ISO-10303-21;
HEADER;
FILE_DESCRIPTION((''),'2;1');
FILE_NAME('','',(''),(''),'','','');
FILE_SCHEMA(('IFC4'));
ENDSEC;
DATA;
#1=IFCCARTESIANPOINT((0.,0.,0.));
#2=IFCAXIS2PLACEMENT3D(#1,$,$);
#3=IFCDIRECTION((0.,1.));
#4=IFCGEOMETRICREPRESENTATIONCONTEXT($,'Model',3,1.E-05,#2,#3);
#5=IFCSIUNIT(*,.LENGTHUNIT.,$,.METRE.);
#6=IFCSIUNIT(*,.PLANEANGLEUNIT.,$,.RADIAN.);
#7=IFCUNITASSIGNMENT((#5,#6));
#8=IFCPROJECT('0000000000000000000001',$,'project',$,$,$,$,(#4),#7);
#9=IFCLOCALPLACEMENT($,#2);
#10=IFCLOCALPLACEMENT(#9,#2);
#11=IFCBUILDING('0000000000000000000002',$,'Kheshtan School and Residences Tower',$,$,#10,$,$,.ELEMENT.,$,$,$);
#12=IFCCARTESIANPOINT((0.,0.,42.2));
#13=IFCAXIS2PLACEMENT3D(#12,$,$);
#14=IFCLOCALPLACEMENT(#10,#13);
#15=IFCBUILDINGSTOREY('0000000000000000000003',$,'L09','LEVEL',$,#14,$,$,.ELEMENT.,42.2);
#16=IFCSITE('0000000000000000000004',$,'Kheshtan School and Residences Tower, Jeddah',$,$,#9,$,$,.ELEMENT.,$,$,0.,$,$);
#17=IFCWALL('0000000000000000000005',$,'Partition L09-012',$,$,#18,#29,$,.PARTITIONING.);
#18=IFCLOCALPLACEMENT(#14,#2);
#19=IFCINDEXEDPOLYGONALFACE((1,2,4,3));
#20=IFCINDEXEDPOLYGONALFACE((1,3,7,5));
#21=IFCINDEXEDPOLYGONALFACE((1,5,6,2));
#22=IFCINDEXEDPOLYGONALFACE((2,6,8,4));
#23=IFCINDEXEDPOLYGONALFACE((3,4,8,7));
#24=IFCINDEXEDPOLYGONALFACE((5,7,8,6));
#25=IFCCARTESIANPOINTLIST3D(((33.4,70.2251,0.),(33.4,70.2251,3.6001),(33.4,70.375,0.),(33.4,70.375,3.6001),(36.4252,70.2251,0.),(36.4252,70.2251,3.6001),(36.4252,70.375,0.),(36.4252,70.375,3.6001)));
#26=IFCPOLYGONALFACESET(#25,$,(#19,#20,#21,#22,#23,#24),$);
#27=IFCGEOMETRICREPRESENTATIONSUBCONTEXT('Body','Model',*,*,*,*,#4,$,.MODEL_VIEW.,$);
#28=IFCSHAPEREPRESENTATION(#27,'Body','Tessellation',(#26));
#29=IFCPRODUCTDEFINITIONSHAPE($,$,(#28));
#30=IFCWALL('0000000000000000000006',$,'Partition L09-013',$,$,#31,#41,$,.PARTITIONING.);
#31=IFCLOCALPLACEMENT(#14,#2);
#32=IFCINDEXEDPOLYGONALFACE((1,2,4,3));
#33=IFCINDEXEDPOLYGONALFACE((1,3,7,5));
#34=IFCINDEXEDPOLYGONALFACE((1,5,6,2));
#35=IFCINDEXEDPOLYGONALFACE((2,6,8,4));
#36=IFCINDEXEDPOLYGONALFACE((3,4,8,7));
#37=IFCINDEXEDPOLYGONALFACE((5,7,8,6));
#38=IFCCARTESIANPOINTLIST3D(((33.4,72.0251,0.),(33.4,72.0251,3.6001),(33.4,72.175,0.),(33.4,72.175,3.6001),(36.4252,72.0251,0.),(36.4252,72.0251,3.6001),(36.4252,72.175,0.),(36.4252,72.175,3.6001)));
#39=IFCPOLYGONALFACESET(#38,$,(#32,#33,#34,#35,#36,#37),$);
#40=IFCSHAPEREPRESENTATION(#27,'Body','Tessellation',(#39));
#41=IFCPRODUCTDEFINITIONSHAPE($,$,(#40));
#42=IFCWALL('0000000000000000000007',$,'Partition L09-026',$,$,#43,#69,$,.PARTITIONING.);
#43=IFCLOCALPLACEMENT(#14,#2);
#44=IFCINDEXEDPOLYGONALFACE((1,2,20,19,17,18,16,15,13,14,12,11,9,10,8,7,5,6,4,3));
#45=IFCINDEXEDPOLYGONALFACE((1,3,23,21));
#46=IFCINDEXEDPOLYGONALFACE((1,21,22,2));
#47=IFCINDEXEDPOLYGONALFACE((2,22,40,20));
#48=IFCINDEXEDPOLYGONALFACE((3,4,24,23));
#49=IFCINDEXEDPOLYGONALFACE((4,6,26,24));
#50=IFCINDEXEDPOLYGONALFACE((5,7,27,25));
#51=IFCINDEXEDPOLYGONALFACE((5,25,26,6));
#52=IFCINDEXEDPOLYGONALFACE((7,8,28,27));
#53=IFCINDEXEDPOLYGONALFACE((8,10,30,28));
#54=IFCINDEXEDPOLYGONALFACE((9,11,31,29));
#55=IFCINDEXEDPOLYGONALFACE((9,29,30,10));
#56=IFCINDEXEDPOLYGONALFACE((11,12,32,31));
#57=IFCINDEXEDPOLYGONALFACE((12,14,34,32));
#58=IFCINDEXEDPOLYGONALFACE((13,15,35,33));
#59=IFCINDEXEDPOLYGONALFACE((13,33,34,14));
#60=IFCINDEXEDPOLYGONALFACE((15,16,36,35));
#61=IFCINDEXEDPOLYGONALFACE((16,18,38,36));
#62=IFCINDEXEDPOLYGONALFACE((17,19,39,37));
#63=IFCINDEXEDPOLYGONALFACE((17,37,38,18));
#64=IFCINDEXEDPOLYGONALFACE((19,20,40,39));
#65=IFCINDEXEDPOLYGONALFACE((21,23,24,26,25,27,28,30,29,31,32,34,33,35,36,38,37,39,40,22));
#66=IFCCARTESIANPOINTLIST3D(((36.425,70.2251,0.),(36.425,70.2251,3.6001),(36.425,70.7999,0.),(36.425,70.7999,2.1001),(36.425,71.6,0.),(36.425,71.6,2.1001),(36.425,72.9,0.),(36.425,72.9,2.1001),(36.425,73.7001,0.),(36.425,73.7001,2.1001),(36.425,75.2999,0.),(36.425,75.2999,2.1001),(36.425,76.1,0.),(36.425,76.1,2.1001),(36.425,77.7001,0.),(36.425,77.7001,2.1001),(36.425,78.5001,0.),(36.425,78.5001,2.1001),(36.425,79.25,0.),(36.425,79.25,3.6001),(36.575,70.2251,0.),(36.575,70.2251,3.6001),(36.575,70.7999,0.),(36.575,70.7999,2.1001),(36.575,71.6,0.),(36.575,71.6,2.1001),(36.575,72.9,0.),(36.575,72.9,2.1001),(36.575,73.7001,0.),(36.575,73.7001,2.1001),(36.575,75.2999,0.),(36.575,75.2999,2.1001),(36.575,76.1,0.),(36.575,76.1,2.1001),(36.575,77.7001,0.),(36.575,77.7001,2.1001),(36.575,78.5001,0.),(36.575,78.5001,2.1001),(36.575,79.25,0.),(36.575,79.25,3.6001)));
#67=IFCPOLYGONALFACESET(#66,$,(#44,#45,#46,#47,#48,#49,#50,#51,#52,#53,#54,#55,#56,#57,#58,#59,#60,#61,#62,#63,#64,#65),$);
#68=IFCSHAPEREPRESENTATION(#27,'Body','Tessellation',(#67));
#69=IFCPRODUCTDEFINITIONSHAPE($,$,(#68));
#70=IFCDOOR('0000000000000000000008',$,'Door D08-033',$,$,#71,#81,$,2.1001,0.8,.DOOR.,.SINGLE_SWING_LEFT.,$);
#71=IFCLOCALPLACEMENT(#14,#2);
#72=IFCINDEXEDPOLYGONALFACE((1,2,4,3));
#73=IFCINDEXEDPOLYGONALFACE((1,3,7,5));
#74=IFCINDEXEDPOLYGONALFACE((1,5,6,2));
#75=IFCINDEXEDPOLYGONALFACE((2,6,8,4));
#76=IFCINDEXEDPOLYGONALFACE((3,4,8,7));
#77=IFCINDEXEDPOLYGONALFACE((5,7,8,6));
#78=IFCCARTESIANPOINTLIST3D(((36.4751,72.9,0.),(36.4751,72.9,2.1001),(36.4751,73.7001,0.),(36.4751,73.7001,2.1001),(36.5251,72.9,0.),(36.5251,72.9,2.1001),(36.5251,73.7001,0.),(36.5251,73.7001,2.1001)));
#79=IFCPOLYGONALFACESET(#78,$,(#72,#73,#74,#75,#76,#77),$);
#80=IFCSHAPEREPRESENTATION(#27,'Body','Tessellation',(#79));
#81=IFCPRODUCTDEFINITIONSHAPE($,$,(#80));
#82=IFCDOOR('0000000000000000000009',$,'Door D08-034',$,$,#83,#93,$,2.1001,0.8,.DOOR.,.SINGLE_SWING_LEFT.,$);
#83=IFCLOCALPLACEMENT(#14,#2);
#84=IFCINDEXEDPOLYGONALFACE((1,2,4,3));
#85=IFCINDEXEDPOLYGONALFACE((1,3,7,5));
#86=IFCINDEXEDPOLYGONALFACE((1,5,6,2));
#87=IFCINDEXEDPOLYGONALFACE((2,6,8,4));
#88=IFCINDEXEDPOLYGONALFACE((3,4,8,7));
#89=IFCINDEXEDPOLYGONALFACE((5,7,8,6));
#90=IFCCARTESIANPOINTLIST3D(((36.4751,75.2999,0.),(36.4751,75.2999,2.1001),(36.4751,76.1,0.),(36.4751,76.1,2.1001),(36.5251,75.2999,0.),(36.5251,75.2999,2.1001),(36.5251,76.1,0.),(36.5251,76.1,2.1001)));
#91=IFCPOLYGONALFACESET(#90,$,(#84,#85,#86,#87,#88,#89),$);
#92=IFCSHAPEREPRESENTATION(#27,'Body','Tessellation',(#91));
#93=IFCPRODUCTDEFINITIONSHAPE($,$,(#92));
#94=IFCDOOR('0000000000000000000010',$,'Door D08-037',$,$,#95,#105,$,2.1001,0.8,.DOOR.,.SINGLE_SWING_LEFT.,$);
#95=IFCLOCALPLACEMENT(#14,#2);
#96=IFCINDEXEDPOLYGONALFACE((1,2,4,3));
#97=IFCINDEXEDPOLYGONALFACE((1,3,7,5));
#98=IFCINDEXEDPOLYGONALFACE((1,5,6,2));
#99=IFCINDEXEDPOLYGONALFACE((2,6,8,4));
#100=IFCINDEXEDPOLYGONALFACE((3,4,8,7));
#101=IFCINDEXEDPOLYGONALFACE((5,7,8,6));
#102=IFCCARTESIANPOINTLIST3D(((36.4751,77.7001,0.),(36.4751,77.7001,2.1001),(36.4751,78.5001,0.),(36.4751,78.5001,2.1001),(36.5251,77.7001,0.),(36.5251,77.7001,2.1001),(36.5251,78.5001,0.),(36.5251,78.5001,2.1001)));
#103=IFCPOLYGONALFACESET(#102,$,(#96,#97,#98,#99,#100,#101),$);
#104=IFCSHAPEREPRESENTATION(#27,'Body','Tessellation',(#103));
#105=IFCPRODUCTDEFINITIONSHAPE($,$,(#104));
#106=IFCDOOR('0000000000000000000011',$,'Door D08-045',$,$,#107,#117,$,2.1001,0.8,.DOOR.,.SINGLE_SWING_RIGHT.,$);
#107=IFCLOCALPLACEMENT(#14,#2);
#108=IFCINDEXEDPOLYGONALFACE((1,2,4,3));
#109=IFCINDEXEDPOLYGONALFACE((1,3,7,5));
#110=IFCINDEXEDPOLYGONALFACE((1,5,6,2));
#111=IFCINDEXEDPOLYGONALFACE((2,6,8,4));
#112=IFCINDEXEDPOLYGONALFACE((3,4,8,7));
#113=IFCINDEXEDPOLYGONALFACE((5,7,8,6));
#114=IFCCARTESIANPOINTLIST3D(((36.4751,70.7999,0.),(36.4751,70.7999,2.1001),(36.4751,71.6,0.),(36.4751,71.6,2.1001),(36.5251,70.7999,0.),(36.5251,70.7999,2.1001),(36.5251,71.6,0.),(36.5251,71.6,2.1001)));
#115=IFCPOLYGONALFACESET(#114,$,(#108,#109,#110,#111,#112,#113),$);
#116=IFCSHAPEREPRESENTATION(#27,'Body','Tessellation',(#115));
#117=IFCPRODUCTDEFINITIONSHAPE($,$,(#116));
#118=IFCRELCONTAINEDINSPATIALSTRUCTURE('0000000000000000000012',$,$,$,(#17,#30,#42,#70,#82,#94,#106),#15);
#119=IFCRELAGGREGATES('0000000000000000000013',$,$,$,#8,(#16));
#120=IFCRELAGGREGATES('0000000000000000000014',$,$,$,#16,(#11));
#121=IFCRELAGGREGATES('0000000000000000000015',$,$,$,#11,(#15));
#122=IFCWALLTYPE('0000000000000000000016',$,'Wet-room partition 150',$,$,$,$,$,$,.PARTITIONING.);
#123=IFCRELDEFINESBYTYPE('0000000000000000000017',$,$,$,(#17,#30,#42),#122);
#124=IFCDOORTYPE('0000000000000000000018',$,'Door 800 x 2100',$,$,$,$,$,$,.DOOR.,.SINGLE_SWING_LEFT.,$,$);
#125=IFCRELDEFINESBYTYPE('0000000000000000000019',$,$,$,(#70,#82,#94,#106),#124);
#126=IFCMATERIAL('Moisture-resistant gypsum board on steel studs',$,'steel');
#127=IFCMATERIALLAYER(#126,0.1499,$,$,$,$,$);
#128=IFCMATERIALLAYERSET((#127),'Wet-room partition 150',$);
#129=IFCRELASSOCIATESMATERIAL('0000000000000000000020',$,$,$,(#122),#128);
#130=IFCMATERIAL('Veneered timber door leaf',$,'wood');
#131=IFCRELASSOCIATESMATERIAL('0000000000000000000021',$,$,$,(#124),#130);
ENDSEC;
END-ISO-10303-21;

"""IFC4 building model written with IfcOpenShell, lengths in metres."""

from ifc_helpers import new_model, si_unit, direction, frame, frame_2d, origin, place, context, subcontext, project, spatial, rectangle, extrude, source, transform, mapped, material, layer, layer_set, type_object, element, fill, save


model = new_model("IFC4")

# Units and contexts
model_context = context("Model", 3, precision=1e-05, world=origin(), true_north=direction((0.0, 1.0)))
body_context = subcontext(model_context, "Body", "Model", "MODEL_VIEW")
ifc_project = project(units=[si_unit("LENGTHUNIT", "METRE"), si_unit("PLANEANGLEUNIT", "RADIAN")], contexts=[model_context])

# Site, building, storey
site_placement = place(None, origin())
site = spatial("IfcSite", under=ifc_project, at=site_placement, Name="Kheshtan School and Residences Tower, Jeddah", CompositionType="ELEMENT", RefElevation=0.0)
building_placement = place(site_placement, origin())
building = spatial("IfcBuilding", under=site, at=building_placement, Name="Kheshtan School and Residences Tower", CompositionType="ELEMENT")
storey_placement = place(building_placement, frame((0.0, 0.0, 42.2)))
storey = spatial("IfcBuildingStorey", under=building, at=storey_placement, Name="L09", Description="LEVEL", CompositionType="ELEMENT", Elevation=42.2)

# Walls
ifc_material_1 = material(Name="Moisture-resistant gypsum board on steel studs", Category="steel")
ifc_layer_1 = layer(ifc_material_1, 0.1499)
ifc_layer_set_1 = layer_set([ifc_layer_1], Name="Wet-room partition 150")
wall_type_1 = type_object("IfcWallType", Name="Wet-room partition 150", PredefinedType="PARTITIONING", material=ifc_layer_set_1)
for number, where, z_axis, x_axis, name in (
    (1, (33.3999, 70.3, 0.0), (0.0, 0.0, 1.0), (1.0, 0.0, 0.0), "Partition L09-012"),
    (2, (33.3999, 72.1001, 0.0), (0.0, 0.0, 1.0), (1.0, 0.0, 0.0), "Partition L09-013"),
):
    element("IfcWall", number, at=place(storey_placement, frame(where, z_axis=z_axis, x_axis=x_axis)), inside=storey, type_object=wall_type_1, Name=name, PredefinedType="PARTITIONING", context=body_context, shape_type="SweptSolid", body=[
        extrude(rectangle(XDim=3.0251, YDim=0.1499, at=frame_2d((1.5127, 0.0))), origin(), (0.0, 0.0, 1.0), 3.6001),
    ])

# Wall, openings, doors
wall_1_placement = place(storey_placement, frame((36.5, 70.2251, 0.0), z_axis=(0.0, 0.0, 1.0), x_axis=(0.0, 1.0, 0.0)))
wall_1 = element("IfcWall", 3, at=wall_1_placement, inside=storey, type_object=wall_type_1, Name="Partition L09-026", PredefinedType="PARTITIONING", context=body_context, shape_type="SweptSolid", body=[
    extrude(rectangle(XDim=9.0249, YDim=0.1499, at=frame_2d((4.5125, 0.0))), origin(), (0.0, 0.0, 1.0), 3.6001),
])
opening_1_placement = place(wall_1_placement, frame((2.675, 0.0, 0.0)))
opening_1 = element("IfcOpeningElement", 4, at=opening_1_placement, cuts=wall_1, PredefinedType="OPENING", context=body_context, shape_type="SweptSolid", body=[
    extrude(rectangle(XDim=0.8, YDim=2.1001, at=frame_2d((0.3999, 1.05))), frame((0.0, 0.085, 0.0), z_axis=(0.0, -1.0, 0.0), x_axis=(1.0, 0.0, 0.0)), (0.0, 0.0, 1.0), 0.1699),
])
opening_2_placement = place(wall_1_placement, frame((5.075, 0.0, 0.0)))
opening_2 = element("IfcOpeningElement", 5, at=opening_2_placement, cuts=wall_1, PredefinedType="OPENING", context=body_context, shape_type="SweptSolid", body=[
    extrude(rectangle(XDim=0.8, YDim=2.1001, at=frame_2d((0.3999, 1.05))), frame((0.0, 0.085, 0.0), z_axis=(0.0, -1.0, 0.0), x_axis=(1.0, 0.0, 0.0)), (0.0, 0.0, 1.0), 0.1699),
])
opening_3_placement = place(wall_1_placement, frame((7.4751, 0.0, 0.0)))
opening_3 = element("IfcOpeningElement", 6, at=opening_3_placement, cuts=wall_1, PredefinedType="OPENING", context=body_context, shape_type="SweptSolid", body=[
    extrude(rectangle(XDim=0.8, YDim=2.1001, at=frame_2d((0.3999, 1.05))), frame((0.0, 0.085, 0.0), z_axis=(0.0, -1.0, 0.0), x_axis=(1.0, 0.0, 0.0)), (0.0, 0.0, 1.0), 0.1699),
])
opening_4_placement = place(wall_1_placement, frame((0.575, 0.0, 0.0)))
opening_4 = element("IfcOpeningElement", 7, at=opening_4_placement, cuts=wall_1, PredefinedType="OPENING", context=body_context, shape_type="SweptSolid", body=[
    extrude(rectangle(XDim=0.8, YDim=2.1001, at=frame_2d((0.3999, 1.05))), frame((0.0, 0.085, 0.0), z_axis=(0.0, -1.0, 0.0), x_axis=(1.0, 0.0, 0.0)), (0.0, 0.0, 1.0), 0.1699),
])
ifc_material_2 = material(Name="Veneered timber door leaf", Category="wood")
door_type_1 = type_object("IfcDoorType", Name="Door 800 x 2100", OperationType="SINGLE_SWING_LEFT", PredefinedType="DOOR", material=ifc_material_2)
shared_shape_1 = source(origin(), body_context, "Body", "SweptSolid", [
    extrude(rectangle(XDim=0.8, YDim=2.1001, at=frame_2d((0.3999, 1.05))), frame((0.0, 0.0249, 0.0), z_axis=(0.0, -1.0, 0.0), x_axis=(1.0, 0.0, 0.0)), (0.0, 0.0, 1.0), 0.05),
])
door_1_placement = place(opening_1_placement, origin())
door_1 = element("IfcDoor", 8, at=door_1_placement, inside=storey, type_object=door_type_1, Name="Door D08-033", OperationType="SINGLE_SWING_LEFT", OverallHeight=2.1001, OverallWidth=0.8, PredefinedType="DOOR", context=body_context, shape_type="MappedRepresentation", body=[
    mapped(shared_shape_1, transform((0.0, 0.0, 0.0), x_axis=(1.0, 0.0, 0.0), y_axis=(0.0, 1.0, 0.0), z_axis=(0.0, 0.0, 1.0), scale=1.0)),
])
fill(opening_1, door_1)
door_2_placement = place(opening_2_placement, origin())
door_2 = element("IfcDoor", 9, at=door_2_placement, inside=storey, type_object=door_type_1, Name="Door D08-034", OperationType="SINGLE_SWING_LEFT", OverallHeight=2.1001, OverallWidth=0.8, PredefinedType="DOOR", context=body_context, shape_type="MappedRepresentation", body=[
    mapped(shared_shape_1, transform((0.0, 0.0, 0.0), x_axis=(1.0, 0.0, 0.0), y_axis=(0.0, 1.0, 0.0), z_axis=(0.0, 0.0, 1.0), scale=1.0)),
])
fill(opening_2, door_2)
door_3_placement = place(opening_3_placement, origin())
door_3 = element("IfcDoor", 10, at=door_3_placement, inside=storey, type_object=door_type_1, Name="Door D08-037", OperationType="SINGLE_SWING_LEFT", OverallHeight=2.1001, OverallWidth=0.8, PredefinedType="DOOR", context=body_context, shape_type="MappedRepresentation", body=[
    mapped(shared_shape_1, transform((0.0, 0.0, 0.0), x_axis=(1.0, 0.0, 0.0), y_axis=(0.0, 1.0, 0.0), z_axis=(0.0, 0.0, 1.0), scale=1.0)),
])
fill(opening_3, door_3)
door_4_placement = place(opening_4_placement, origin())
door_4 = element("IfcDoor", 11, at=door_4_placement, inside=storey, type_object=door_type_1, Name="Door D08-045", OperationType="SINGLE_SWING_RIGHT", OverallHeight=2.1001, OverallWidth=0.8, PredefinedType="DOOR", context=body_context, shape_type="MappedRepresentation", body=[
    mapped(shared_shape_1, transform((0.0, 0.0, 0.0), x_axis=(1.0, 0.0, 0.0), y_axis=(0.0, 1.0, 0.0), z_axis=(0.0, 0.0, 1.0), scale=1.0)),
])
fill(opening_4, door_4)

save(model, "model.ifc")
